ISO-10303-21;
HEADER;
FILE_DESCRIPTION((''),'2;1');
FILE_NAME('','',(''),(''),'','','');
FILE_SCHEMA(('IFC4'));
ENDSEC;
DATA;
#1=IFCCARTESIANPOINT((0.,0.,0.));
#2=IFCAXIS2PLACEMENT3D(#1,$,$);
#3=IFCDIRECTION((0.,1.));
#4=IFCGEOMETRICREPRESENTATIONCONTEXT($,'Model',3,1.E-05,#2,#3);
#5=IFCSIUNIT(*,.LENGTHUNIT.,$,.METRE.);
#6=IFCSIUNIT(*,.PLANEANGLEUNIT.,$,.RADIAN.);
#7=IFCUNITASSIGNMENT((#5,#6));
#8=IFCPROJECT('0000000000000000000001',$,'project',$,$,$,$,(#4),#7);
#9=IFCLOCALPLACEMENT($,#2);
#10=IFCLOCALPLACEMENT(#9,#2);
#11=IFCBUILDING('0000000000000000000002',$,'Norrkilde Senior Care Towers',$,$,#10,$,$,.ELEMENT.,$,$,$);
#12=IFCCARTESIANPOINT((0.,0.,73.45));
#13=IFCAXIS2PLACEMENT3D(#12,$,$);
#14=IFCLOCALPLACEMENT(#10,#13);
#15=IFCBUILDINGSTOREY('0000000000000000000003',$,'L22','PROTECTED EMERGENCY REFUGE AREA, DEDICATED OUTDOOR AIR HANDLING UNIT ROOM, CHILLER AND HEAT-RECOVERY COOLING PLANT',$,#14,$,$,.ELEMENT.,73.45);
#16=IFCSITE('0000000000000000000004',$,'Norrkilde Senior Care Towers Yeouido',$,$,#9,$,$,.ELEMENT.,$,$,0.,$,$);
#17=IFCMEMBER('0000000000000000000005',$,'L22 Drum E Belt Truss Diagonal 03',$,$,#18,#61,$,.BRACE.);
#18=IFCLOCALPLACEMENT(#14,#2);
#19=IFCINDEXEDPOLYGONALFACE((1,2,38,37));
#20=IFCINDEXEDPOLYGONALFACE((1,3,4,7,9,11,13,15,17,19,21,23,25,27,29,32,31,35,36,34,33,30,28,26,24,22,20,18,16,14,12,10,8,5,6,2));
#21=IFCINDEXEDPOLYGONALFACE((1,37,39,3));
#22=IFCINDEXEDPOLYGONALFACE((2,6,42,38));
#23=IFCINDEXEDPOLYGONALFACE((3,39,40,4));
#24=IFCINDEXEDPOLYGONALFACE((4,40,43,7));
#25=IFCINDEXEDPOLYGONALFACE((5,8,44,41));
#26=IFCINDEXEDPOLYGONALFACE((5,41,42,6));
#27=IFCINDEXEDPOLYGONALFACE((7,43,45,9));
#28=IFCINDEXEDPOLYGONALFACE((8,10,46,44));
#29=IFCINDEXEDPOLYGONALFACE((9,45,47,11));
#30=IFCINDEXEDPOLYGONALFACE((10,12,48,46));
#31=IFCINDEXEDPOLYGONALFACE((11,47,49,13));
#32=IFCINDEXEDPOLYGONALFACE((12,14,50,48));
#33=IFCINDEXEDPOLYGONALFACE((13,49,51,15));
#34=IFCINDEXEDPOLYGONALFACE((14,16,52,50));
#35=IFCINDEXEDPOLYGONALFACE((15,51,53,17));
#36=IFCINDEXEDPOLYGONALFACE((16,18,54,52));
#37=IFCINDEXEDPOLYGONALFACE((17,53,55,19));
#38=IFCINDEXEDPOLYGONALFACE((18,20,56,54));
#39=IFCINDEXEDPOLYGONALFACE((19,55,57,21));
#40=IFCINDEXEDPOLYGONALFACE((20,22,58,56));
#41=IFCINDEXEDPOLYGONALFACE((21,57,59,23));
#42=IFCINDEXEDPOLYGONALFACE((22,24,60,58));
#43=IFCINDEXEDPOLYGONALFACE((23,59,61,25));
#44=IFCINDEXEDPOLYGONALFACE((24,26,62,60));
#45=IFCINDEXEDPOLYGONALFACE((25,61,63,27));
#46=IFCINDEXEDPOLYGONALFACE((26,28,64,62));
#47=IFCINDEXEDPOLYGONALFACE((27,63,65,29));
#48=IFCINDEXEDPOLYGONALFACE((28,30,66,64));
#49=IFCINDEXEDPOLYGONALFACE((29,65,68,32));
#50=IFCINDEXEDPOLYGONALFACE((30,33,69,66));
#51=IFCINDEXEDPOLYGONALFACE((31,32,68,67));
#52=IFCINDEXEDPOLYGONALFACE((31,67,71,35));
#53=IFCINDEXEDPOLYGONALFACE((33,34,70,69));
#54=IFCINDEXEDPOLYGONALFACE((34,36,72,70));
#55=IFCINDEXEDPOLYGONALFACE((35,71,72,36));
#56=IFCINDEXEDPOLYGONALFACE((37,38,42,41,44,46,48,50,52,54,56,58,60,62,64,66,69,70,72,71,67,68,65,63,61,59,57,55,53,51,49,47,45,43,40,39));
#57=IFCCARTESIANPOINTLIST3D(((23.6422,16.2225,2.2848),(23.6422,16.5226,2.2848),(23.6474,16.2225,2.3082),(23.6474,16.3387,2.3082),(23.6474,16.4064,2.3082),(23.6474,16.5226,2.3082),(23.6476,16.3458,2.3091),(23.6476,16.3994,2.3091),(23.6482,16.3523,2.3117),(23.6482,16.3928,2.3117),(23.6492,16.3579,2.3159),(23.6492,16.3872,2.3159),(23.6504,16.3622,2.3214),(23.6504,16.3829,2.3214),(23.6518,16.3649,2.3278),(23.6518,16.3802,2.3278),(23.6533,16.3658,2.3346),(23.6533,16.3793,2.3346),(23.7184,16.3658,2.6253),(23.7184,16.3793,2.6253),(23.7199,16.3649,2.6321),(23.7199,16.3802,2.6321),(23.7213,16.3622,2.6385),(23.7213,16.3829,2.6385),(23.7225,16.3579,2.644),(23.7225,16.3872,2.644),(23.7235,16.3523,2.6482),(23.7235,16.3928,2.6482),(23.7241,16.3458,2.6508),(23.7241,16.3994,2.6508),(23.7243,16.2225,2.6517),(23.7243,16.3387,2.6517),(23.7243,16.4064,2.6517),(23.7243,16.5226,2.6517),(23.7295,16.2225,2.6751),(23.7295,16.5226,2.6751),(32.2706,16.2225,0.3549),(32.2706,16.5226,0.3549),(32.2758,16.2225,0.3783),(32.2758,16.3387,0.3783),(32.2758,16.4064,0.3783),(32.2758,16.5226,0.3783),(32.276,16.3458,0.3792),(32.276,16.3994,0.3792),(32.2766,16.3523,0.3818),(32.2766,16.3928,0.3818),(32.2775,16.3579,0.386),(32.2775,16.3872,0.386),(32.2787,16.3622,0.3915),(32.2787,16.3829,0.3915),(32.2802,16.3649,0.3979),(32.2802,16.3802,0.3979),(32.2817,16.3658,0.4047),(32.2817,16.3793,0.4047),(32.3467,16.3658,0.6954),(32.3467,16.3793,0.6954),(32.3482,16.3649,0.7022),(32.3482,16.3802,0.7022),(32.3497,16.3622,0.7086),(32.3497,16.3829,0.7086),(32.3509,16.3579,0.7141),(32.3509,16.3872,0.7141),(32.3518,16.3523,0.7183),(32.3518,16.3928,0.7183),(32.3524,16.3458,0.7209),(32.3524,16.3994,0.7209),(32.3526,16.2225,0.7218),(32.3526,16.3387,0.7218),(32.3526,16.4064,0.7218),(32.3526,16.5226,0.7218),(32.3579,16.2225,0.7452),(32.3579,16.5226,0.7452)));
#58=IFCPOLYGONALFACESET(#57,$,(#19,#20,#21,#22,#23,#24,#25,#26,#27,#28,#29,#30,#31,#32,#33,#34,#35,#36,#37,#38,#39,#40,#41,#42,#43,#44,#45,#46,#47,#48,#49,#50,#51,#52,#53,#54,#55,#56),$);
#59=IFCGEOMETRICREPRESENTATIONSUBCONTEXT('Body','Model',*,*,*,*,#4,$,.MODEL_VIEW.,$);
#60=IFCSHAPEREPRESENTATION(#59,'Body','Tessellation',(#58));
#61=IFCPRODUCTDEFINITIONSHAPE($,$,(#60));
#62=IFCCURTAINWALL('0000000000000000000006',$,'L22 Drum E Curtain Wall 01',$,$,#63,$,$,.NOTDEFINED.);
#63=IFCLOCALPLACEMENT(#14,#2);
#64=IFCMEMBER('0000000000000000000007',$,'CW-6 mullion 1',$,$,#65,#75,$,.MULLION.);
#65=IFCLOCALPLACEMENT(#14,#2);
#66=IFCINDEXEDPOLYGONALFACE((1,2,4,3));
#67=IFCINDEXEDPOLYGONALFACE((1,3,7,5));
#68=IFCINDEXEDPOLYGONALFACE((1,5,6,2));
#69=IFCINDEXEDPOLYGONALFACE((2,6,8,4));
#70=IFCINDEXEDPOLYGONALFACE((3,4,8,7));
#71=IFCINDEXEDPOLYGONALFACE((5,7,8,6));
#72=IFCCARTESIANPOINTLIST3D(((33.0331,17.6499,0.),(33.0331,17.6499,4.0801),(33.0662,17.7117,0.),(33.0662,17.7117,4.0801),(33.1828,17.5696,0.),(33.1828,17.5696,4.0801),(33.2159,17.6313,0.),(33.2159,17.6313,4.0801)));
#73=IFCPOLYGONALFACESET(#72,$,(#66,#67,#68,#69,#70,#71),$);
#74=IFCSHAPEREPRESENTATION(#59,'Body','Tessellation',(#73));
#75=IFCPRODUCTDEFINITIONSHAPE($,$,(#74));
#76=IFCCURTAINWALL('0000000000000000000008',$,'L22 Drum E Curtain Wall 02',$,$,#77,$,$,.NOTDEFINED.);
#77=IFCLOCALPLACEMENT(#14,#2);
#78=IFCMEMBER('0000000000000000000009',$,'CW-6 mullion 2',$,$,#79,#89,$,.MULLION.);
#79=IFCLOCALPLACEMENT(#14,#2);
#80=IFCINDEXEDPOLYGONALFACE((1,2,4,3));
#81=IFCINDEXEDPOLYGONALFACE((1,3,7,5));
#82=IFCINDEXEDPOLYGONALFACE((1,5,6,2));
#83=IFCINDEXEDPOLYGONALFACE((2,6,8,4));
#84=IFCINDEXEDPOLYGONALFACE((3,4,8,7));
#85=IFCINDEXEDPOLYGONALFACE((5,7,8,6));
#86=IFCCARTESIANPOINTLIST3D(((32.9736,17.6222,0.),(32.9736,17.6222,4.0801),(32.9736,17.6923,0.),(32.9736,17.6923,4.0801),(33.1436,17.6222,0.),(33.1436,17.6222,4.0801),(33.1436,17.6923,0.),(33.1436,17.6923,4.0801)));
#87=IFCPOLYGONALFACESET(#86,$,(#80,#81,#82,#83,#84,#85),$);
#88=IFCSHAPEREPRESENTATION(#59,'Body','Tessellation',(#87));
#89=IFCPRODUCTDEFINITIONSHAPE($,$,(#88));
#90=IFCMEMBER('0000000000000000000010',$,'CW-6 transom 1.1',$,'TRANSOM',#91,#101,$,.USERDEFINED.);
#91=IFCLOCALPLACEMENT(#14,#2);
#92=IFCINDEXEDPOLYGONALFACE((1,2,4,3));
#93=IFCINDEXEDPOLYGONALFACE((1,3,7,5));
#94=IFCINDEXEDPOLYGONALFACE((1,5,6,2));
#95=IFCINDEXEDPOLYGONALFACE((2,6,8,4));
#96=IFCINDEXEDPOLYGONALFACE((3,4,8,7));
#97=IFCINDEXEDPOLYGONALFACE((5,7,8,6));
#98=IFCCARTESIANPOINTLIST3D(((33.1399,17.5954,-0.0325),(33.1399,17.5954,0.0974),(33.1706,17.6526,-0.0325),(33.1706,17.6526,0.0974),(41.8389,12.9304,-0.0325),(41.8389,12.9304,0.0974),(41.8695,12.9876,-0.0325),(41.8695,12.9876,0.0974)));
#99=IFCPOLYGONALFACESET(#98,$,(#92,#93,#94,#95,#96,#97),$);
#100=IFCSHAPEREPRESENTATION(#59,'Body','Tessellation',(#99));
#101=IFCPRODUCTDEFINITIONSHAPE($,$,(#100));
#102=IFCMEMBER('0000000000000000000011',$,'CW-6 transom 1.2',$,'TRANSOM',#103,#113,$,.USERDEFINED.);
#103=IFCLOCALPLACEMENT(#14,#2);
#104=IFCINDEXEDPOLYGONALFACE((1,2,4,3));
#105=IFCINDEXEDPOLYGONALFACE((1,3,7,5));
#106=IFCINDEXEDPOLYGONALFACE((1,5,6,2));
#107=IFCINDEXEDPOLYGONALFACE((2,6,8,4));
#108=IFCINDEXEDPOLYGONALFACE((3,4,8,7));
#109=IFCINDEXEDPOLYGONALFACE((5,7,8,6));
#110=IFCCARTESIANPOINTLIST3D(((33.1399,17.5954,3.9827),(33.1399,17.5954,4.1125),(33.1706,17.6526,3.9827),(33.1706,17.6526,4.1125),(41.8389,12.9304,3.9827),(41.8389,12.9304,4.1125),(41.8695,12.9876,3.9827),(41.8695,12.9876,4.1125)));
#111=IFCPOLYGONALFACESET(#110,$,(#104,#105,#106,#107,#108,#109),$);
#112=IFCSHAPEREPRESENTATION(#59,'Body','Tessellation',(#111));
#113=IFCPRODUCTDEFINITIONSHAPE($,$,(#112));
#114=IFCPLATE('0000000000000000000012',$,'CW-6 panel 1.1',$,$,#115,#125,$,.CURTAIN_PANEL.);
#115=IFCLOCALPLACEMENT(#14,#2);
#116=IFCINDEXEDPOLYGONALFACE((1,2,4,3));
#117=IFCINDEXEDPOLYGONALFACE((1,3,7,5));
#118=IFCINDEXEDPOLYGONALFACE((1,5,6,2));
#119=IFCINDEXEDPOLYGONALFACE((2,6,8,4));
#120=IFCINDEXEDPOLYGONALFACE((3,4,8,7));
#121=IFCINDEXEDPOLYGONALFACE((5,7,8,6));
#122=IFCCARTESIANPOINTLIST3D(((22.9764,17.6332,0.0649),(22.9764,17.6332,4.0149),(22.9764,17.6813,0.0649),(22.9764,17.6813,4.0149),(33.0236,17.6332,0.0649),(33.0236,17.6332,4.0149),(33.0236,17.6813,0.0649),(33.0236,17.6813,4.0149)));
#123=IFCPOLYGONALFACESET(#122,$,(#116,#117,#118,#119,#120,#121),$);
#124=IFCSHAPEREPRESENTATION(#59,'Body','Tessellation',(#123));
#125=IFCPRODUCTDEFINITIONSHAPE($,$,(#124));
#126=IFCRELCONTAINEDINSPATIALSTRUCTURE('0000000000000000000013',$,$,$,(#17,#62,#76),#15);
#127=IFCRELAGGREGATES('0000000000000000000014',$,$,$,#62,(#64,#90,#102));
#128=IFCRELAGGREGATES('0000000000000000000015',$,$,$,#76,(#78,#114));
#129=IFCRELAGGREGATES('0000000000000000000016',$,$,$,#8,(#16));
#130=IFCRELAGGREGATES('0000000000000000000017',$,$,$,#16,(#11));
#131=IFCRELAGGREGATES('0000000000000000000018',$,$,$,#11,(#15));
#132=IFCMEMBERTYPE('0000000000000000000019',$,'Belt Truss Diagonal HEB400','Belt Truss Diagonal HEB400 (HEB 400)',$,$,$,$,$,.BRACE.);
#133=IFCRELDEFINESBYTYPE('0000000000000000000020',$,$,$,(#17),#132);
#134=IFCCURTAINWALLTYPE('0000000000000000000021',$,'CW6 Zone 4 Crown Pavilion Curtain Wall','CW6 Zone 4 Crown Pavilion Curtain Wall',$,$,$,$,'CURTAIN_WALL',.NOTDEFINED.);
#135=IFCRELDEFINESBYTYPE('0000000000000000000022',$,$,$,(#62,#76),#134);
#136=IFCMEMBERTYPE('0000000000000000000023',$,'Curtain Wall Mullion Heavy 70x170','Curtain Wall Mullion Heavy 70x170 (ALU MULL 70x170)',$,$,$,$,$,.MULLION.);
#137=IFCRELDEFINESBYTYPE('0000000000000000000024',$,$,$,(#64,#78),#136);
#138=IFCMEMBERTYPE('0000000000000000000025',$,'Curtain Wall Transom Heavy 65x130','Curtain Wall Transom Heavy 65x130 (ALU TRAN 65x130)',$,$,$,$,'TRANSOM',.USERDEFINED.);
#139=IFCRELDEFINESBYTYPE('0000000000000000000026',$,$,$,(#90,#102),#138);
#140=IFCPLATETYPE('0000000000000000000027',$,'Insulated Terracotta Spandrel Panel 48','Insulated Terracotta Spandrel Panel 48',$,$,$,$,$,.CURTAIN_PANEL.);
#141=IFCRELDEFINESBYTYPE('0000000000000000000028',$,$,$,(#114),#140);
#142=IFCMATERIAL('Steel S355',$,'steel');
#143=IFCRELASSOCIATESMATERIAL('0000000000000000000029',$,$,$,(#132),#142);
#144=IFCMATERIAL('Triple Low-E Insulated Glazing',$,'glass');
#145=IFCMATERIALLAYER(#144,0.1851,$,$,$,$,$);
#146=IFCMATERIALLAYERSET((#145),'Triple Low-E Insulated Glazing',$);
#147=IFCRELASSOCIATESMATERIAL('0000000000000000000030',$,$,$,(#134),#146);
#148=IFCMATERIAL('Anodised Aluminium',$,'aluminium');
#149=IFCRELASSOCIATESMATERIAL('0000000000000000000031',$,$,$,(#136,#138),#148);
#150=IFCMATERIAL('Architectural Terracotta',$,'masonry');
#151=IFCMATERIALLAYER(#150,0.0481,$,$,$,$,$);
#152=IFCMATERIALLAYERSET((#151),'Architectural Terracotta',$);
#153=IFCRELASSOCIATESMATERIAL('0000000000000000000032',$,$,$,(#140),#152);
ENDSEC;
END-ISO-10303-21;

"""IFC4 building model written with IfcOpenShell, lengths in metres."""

from ifc_helpers import new_model, si_unit, direction, frame, origin, origin_2d, place, context, subcontext, project, spatial, rectangle, i_section, extrude, source, transform, mapped, material, layer, layer_set, material_profile, profile_set, type_object, type_shapes, element, aggregate, save


model = new_model("IFC4")

# Units and contexts
model_context = context("Model", 3, precision=1e-05, world=origin(), true_north=direction((0.0, 1.0)))
body_context = subcontext(model_context, "Body", "Model", "MODEL_VIEW")
ifc_project = project(units=[si_unit("LENGTHUNIT", "METRE"), si_unit("PLANEANGLEUNIT", "RADIAN")], contexts=[model_context])

# Site, building, storey
site_placement = place(None, origin())
site = spatial("IfcSite", under=ifc_project, at=site_placement, Name="Norrkilde Senior Care Towers Yeouido", CompositionType="ELEMENT", RefElevation=0.0)
building_placement = place(site_placement, origin())
building = spatial("IfcBuilding", under=site, at=building_placement, Name="Norrkilde Senior Care Towers", CompositionType="ELEMENT")
storey_placement = place(building_placement, frame((0.0, 0.0, 73.45)))
storey = spatial("IfcBuildingStorey", under=building, at=storey_placement, Name="L22", Description="PROTECTED EMERGENCY REFUGE AREA, DEDICATED OUTDOOR AIR HANDLING UNIT ROOM, CHILLER AND HEAT-RECOVERY COOLING PLANT", CompositionType="ELEMENT", Elevation=73.45)

# Member
ifc_material_1 = material(Name="Steel S355", Category="steel")
ifc_material_profile_1 = material_profile(ifc_material_1, i_section(OverallWidth=0.3, OverallDepth=0.3999, WebThickness=0.0134, FlangeThickness=0.0239, FilletRadius=0.0271, at=origin_2d()), Name="HEB 400")
ifc_profile_set_1 = profile_set([ifc_material_profile_1], Name="Steel S355")
member_type_1 = type_object("IfcMemberType", Name="Belt Truss Diagonal HEB400", Description="Belt Truss Diagonal HEB400 (HEB 400)", PredefinedType="BRACE", material=ifc_profile_set_1)
shared_shape_1 = source(origin(), body_context, "Body", "SweptSolid", [
    extrude(i_section(OverallWidth=0.3, OverallDepth=0.3999, WebThickness=0.0134, FlangeThickness=0.0239, FilletRadius=0.0271, at=origin_2d()), origin(), (0.0, 0.0, 1.0), 8.8416),
])
type_shapes(member_type_1, [shared_shape_1])
member_1_placement = place(storey_placement, frame((32.3142, 16.3726, 0.55), z_axis=(-0.975887, 0.0, 0.218278), x_axis=(0.0, -1.0, 0.0)))
element("IfcMember", 1, at=member_1_placement, inside=storey, type_object=member_type_1, Name="L22 Drum E Belt Truss Diagonal 03", PredefinedType="BRACE", context=body_context, shape_type="MappedRepresentation", body=[
    mapped(shared_shape_1, transform((0.0, 0.0, 0.0), x_axis=(1.0, 0.0, 0.0), y_axis=(0.0, 1.0, 0.0), z_axis=(0.0, 0.0, 1.0), scale=1.0)),
])

# Curtain walls, members
ifc_material_2 = material(Name="Triple Low-E Insulated Glazing", Category="glass")
ifc_layer_1 = layer(ifc_material_2, 0.1851)
ifc_layer_set_1 = layer_set([ifc_layer_1], Name="Triple Low-E Insulated Glazing")
curtain_wall_type = type_object("IfcCurtainWallType", Name="CW6 Zone 4 Crown Pavilion Curtain Wall", Description="CW6 Zone 4 Crown Pavilion Curtain Wall", ElementType="CURTAIN_WALL", PredefinedType="NOTDEFINED", material=ifc_layer_set_1)
curtain_wall_1_placement = place(storey_placement, origin())
curtain_wall_1 = element("IfcCurtainWall", 2, at=curtain_wall_1_placement, inside=storey, type_object=curtain_wall_type, Name="L22 Drum E Curtain Wall 01", PredefinedType="NOTDEFINED")
ifc_material_3 = material(Name="Anodised Aluminium", Category="aluminium")
ifc_material_profile_2 = material_profile(ifc_material_3, rectangle(XDim=0.0701, YDim=0.1699, at=origin_2d()), Name="ALU MULL 70x170")
ifc_profile_set_2 = profile_set([ifc_material_profile_2], Name="Anodised Aluminium")
member_type_2 = type_object("IfcMemberType", Name="Curtain Wall Mullion Heavy 70x170", Description="Curtain Wall Mullion Heavy 70x170 (ALU MULL 70x170)", PredefinedType="MULLION", material=ifc_profile_set_2)
shared_shape_2 = source(origin(), body_context, "Body", "SweptSolid", [
    extrude(rectangle(XDim=0.0701, YDim=0.1699, at=origin_2d()), origin(), (0.0, 0.0, 1.0), 4.0801),
])
type_shapes(member_type_2, [shared_shape_2])
member_2_placement = place(storey_placement, frame((33.1245, 17.6406, 0.0), z_axis=(0.0, 0.0, 1.0), x_axis=(0.472608, 0.881273, 0.0)))
member_2 = element("IfcMember", 3, at=member_2_placement, type_object=member_type_2, Name="CW-6 mullion 1", PredefinedType="MULLION", context=body_context, shape_type="MappedRepresentation", body=[
    mapped(shared_shape_2, transform((0.0, 0.0, 0.0), x_axis=(1.0, 0.0, 0.0), y_axis=(0.0, 1.0, 0.0), z_axis=(0.0, 0.0, 1.0), scale=1.0)),
])
curtain_wall_2_placement = place(storey_placement, origin())
curtain_wall_2 = element("IfcCurtainWall", 4, at=curtain_wall_2_placement, inside=storey, type_object=curtain_wall_type, Name="L22 Drum E Curtain Wall 02", PredefinedType="NOTDEFINED")
member_3_placement = place(storey_placement, frame((33.0586, 17.6572, 0.0), z_axis=(0.0, 0.0, 1.0), x_axis=(0.0, 1.0, 0.0)))
member_3 = element("IfcMember", 5, at=member_3_placement, type_object=member_type_2, Name="CW-6 mullion 2", PredefinedType="MULLION", context=body_context, shape_type="MappedRepresentation", body=[
    mapped(shared_shape_2, transform((0.0, 0.0, 0.0), x_axis=(1.0, 0.0, 0.0), y_axis=(0.0, 1.0, 0.0), z_axis=(0.0, 0.0, 1.0), scale=1.0)),
])

# Members
ifc_material_profile_3 = material_profile(ifc_material_3, rectangle(XDim=0.0649, YDim=0.1299, at=origin_2d()), Name="ALU TRAN 65x130")
ifc_profile_set_3 = profile_set([ifc_material_profile_3], Name="Anodised Aluminium")
member_type_3 = type_object("IfcMemberType", Name="Curtain Wall Transom Heavy 65x130", Description="Curtain Wall Transom Heavy 65x130 (ALU TRAN 65x130)", ElementType="TRANSOM", PredefinedType="USERDEFINED", material=ifc_profile_set_3)
shared_shape_3 = source(origin(), body_context, "Body", "SweptSolid", [
    extrude(rectangle(XDim=0.0649, YDim=0.1299, at=origin_2d()), origin(), (0.0, 0.0, 1.0), 9.8708),
])
type_shapes(member_type_3, [shared_shape_3])
member_4_placement = place(storey_placement, frame((33.1553, 17.624, 0.0325), z_axis=(0.881274, -0.472605, 0.0), x_axis=(0.472605, 0.881274, 0.0)))
member_4 = element("IfcMember", 6, at=member_4_placement, type_object=member_type_3, Name="CW-6 transom 1.1", ObjectType="TRANSOM", PredefinedType="USERDEFINED", context=body_context, shape_type="MappedRepresentation", body=[
    mapped(shared_shape_3, transform((0.0, 0.0, 0.0), x_axis=(1.0, 0.0, 0.0), y_axis=(0.0, 1.0, 0.0), z_axis=(0.0, 0.0, 1.0), scale=1.0)),
])
member_5_placement = place(storey_placement, frame((33.1553, 17.624, 4.0476), z_axis=(0.881274, -0.472605, 0.0), x_axis=(0.472605, 0.881274, 0.0)))
member_5 = element("IfcMember", 7, at=member_5_placement, type_object=member_type_3, Name="CW-6 transom 1.2", ObjectType="TRANSOM", PredefinedType="USERDEFINED", context=body_context, shape_type="MappedRepresentation", body=[
    mapped(shared_shape_3, transform((0.0, 0.0, 0.0), x_axis=(1.0, 0.0, 0.0), y_axis=(0.0, 1.0, 0.0), z_axis=(0.0, 0.0, 1.0), scale=1.0)),
])
aggregate(curtain_wall_1, [member_2, member_4, member_5])

# Plate
ifc_material_4 = material(Name="Architectural Terracotta", Category="masonry")
ifc_layer_2 = layer(ifc_material_4, 0.0481)
ifc_layer_set_2 = layer_set([ifc_layer_2], Name="Architectural Terracotta")
plate_type = type_object("IfcPlateType", Name="Insulated Terracotta Spandrel Panel 48", Description="Insulated Terracotta Spandrel Panel 48", PredefinedType="CURTAIN_PANEL", material=ifc_layer_set_2)
shared_shape_4 = source(origin(), body_context, "Body", "SweptSolid", [
    extrude(rectangle(XDim=10.0471, YDim=0.0481, at=origin_2d()), origin(), (0.0, 0.0, 1.0), 3.95),
])
type_shapes(plate_type, [shared_shape_4])
plate_placement = place(storey_placement, frame((28.0, 17.6572, 0.0649), z_axis=(0.0, 0.0, 1.0), x_axis=(1.0, 0.0, 0.0)))
plate = element("IfcPlate", 8, at=plate_placement, type_object=plate_type, Name="CW-6 panel 1.1", PredefinedType="CURTAIN_PANEL", context=body_context, shape_type="MappedRepresentation", body=[
    mapped(shared_shape_4, transform((0.0, 0.0, 0.0), x_axis=(1.0, 0.0, 0.0), y_axis=(0.0, 1.0, 0.0), z_axis=(0.0, 0.0, 1.0), scale=1.0)),
])
aggregate(curtain_wall_2, [member_3, plate])

save(model, "model.ifc")
